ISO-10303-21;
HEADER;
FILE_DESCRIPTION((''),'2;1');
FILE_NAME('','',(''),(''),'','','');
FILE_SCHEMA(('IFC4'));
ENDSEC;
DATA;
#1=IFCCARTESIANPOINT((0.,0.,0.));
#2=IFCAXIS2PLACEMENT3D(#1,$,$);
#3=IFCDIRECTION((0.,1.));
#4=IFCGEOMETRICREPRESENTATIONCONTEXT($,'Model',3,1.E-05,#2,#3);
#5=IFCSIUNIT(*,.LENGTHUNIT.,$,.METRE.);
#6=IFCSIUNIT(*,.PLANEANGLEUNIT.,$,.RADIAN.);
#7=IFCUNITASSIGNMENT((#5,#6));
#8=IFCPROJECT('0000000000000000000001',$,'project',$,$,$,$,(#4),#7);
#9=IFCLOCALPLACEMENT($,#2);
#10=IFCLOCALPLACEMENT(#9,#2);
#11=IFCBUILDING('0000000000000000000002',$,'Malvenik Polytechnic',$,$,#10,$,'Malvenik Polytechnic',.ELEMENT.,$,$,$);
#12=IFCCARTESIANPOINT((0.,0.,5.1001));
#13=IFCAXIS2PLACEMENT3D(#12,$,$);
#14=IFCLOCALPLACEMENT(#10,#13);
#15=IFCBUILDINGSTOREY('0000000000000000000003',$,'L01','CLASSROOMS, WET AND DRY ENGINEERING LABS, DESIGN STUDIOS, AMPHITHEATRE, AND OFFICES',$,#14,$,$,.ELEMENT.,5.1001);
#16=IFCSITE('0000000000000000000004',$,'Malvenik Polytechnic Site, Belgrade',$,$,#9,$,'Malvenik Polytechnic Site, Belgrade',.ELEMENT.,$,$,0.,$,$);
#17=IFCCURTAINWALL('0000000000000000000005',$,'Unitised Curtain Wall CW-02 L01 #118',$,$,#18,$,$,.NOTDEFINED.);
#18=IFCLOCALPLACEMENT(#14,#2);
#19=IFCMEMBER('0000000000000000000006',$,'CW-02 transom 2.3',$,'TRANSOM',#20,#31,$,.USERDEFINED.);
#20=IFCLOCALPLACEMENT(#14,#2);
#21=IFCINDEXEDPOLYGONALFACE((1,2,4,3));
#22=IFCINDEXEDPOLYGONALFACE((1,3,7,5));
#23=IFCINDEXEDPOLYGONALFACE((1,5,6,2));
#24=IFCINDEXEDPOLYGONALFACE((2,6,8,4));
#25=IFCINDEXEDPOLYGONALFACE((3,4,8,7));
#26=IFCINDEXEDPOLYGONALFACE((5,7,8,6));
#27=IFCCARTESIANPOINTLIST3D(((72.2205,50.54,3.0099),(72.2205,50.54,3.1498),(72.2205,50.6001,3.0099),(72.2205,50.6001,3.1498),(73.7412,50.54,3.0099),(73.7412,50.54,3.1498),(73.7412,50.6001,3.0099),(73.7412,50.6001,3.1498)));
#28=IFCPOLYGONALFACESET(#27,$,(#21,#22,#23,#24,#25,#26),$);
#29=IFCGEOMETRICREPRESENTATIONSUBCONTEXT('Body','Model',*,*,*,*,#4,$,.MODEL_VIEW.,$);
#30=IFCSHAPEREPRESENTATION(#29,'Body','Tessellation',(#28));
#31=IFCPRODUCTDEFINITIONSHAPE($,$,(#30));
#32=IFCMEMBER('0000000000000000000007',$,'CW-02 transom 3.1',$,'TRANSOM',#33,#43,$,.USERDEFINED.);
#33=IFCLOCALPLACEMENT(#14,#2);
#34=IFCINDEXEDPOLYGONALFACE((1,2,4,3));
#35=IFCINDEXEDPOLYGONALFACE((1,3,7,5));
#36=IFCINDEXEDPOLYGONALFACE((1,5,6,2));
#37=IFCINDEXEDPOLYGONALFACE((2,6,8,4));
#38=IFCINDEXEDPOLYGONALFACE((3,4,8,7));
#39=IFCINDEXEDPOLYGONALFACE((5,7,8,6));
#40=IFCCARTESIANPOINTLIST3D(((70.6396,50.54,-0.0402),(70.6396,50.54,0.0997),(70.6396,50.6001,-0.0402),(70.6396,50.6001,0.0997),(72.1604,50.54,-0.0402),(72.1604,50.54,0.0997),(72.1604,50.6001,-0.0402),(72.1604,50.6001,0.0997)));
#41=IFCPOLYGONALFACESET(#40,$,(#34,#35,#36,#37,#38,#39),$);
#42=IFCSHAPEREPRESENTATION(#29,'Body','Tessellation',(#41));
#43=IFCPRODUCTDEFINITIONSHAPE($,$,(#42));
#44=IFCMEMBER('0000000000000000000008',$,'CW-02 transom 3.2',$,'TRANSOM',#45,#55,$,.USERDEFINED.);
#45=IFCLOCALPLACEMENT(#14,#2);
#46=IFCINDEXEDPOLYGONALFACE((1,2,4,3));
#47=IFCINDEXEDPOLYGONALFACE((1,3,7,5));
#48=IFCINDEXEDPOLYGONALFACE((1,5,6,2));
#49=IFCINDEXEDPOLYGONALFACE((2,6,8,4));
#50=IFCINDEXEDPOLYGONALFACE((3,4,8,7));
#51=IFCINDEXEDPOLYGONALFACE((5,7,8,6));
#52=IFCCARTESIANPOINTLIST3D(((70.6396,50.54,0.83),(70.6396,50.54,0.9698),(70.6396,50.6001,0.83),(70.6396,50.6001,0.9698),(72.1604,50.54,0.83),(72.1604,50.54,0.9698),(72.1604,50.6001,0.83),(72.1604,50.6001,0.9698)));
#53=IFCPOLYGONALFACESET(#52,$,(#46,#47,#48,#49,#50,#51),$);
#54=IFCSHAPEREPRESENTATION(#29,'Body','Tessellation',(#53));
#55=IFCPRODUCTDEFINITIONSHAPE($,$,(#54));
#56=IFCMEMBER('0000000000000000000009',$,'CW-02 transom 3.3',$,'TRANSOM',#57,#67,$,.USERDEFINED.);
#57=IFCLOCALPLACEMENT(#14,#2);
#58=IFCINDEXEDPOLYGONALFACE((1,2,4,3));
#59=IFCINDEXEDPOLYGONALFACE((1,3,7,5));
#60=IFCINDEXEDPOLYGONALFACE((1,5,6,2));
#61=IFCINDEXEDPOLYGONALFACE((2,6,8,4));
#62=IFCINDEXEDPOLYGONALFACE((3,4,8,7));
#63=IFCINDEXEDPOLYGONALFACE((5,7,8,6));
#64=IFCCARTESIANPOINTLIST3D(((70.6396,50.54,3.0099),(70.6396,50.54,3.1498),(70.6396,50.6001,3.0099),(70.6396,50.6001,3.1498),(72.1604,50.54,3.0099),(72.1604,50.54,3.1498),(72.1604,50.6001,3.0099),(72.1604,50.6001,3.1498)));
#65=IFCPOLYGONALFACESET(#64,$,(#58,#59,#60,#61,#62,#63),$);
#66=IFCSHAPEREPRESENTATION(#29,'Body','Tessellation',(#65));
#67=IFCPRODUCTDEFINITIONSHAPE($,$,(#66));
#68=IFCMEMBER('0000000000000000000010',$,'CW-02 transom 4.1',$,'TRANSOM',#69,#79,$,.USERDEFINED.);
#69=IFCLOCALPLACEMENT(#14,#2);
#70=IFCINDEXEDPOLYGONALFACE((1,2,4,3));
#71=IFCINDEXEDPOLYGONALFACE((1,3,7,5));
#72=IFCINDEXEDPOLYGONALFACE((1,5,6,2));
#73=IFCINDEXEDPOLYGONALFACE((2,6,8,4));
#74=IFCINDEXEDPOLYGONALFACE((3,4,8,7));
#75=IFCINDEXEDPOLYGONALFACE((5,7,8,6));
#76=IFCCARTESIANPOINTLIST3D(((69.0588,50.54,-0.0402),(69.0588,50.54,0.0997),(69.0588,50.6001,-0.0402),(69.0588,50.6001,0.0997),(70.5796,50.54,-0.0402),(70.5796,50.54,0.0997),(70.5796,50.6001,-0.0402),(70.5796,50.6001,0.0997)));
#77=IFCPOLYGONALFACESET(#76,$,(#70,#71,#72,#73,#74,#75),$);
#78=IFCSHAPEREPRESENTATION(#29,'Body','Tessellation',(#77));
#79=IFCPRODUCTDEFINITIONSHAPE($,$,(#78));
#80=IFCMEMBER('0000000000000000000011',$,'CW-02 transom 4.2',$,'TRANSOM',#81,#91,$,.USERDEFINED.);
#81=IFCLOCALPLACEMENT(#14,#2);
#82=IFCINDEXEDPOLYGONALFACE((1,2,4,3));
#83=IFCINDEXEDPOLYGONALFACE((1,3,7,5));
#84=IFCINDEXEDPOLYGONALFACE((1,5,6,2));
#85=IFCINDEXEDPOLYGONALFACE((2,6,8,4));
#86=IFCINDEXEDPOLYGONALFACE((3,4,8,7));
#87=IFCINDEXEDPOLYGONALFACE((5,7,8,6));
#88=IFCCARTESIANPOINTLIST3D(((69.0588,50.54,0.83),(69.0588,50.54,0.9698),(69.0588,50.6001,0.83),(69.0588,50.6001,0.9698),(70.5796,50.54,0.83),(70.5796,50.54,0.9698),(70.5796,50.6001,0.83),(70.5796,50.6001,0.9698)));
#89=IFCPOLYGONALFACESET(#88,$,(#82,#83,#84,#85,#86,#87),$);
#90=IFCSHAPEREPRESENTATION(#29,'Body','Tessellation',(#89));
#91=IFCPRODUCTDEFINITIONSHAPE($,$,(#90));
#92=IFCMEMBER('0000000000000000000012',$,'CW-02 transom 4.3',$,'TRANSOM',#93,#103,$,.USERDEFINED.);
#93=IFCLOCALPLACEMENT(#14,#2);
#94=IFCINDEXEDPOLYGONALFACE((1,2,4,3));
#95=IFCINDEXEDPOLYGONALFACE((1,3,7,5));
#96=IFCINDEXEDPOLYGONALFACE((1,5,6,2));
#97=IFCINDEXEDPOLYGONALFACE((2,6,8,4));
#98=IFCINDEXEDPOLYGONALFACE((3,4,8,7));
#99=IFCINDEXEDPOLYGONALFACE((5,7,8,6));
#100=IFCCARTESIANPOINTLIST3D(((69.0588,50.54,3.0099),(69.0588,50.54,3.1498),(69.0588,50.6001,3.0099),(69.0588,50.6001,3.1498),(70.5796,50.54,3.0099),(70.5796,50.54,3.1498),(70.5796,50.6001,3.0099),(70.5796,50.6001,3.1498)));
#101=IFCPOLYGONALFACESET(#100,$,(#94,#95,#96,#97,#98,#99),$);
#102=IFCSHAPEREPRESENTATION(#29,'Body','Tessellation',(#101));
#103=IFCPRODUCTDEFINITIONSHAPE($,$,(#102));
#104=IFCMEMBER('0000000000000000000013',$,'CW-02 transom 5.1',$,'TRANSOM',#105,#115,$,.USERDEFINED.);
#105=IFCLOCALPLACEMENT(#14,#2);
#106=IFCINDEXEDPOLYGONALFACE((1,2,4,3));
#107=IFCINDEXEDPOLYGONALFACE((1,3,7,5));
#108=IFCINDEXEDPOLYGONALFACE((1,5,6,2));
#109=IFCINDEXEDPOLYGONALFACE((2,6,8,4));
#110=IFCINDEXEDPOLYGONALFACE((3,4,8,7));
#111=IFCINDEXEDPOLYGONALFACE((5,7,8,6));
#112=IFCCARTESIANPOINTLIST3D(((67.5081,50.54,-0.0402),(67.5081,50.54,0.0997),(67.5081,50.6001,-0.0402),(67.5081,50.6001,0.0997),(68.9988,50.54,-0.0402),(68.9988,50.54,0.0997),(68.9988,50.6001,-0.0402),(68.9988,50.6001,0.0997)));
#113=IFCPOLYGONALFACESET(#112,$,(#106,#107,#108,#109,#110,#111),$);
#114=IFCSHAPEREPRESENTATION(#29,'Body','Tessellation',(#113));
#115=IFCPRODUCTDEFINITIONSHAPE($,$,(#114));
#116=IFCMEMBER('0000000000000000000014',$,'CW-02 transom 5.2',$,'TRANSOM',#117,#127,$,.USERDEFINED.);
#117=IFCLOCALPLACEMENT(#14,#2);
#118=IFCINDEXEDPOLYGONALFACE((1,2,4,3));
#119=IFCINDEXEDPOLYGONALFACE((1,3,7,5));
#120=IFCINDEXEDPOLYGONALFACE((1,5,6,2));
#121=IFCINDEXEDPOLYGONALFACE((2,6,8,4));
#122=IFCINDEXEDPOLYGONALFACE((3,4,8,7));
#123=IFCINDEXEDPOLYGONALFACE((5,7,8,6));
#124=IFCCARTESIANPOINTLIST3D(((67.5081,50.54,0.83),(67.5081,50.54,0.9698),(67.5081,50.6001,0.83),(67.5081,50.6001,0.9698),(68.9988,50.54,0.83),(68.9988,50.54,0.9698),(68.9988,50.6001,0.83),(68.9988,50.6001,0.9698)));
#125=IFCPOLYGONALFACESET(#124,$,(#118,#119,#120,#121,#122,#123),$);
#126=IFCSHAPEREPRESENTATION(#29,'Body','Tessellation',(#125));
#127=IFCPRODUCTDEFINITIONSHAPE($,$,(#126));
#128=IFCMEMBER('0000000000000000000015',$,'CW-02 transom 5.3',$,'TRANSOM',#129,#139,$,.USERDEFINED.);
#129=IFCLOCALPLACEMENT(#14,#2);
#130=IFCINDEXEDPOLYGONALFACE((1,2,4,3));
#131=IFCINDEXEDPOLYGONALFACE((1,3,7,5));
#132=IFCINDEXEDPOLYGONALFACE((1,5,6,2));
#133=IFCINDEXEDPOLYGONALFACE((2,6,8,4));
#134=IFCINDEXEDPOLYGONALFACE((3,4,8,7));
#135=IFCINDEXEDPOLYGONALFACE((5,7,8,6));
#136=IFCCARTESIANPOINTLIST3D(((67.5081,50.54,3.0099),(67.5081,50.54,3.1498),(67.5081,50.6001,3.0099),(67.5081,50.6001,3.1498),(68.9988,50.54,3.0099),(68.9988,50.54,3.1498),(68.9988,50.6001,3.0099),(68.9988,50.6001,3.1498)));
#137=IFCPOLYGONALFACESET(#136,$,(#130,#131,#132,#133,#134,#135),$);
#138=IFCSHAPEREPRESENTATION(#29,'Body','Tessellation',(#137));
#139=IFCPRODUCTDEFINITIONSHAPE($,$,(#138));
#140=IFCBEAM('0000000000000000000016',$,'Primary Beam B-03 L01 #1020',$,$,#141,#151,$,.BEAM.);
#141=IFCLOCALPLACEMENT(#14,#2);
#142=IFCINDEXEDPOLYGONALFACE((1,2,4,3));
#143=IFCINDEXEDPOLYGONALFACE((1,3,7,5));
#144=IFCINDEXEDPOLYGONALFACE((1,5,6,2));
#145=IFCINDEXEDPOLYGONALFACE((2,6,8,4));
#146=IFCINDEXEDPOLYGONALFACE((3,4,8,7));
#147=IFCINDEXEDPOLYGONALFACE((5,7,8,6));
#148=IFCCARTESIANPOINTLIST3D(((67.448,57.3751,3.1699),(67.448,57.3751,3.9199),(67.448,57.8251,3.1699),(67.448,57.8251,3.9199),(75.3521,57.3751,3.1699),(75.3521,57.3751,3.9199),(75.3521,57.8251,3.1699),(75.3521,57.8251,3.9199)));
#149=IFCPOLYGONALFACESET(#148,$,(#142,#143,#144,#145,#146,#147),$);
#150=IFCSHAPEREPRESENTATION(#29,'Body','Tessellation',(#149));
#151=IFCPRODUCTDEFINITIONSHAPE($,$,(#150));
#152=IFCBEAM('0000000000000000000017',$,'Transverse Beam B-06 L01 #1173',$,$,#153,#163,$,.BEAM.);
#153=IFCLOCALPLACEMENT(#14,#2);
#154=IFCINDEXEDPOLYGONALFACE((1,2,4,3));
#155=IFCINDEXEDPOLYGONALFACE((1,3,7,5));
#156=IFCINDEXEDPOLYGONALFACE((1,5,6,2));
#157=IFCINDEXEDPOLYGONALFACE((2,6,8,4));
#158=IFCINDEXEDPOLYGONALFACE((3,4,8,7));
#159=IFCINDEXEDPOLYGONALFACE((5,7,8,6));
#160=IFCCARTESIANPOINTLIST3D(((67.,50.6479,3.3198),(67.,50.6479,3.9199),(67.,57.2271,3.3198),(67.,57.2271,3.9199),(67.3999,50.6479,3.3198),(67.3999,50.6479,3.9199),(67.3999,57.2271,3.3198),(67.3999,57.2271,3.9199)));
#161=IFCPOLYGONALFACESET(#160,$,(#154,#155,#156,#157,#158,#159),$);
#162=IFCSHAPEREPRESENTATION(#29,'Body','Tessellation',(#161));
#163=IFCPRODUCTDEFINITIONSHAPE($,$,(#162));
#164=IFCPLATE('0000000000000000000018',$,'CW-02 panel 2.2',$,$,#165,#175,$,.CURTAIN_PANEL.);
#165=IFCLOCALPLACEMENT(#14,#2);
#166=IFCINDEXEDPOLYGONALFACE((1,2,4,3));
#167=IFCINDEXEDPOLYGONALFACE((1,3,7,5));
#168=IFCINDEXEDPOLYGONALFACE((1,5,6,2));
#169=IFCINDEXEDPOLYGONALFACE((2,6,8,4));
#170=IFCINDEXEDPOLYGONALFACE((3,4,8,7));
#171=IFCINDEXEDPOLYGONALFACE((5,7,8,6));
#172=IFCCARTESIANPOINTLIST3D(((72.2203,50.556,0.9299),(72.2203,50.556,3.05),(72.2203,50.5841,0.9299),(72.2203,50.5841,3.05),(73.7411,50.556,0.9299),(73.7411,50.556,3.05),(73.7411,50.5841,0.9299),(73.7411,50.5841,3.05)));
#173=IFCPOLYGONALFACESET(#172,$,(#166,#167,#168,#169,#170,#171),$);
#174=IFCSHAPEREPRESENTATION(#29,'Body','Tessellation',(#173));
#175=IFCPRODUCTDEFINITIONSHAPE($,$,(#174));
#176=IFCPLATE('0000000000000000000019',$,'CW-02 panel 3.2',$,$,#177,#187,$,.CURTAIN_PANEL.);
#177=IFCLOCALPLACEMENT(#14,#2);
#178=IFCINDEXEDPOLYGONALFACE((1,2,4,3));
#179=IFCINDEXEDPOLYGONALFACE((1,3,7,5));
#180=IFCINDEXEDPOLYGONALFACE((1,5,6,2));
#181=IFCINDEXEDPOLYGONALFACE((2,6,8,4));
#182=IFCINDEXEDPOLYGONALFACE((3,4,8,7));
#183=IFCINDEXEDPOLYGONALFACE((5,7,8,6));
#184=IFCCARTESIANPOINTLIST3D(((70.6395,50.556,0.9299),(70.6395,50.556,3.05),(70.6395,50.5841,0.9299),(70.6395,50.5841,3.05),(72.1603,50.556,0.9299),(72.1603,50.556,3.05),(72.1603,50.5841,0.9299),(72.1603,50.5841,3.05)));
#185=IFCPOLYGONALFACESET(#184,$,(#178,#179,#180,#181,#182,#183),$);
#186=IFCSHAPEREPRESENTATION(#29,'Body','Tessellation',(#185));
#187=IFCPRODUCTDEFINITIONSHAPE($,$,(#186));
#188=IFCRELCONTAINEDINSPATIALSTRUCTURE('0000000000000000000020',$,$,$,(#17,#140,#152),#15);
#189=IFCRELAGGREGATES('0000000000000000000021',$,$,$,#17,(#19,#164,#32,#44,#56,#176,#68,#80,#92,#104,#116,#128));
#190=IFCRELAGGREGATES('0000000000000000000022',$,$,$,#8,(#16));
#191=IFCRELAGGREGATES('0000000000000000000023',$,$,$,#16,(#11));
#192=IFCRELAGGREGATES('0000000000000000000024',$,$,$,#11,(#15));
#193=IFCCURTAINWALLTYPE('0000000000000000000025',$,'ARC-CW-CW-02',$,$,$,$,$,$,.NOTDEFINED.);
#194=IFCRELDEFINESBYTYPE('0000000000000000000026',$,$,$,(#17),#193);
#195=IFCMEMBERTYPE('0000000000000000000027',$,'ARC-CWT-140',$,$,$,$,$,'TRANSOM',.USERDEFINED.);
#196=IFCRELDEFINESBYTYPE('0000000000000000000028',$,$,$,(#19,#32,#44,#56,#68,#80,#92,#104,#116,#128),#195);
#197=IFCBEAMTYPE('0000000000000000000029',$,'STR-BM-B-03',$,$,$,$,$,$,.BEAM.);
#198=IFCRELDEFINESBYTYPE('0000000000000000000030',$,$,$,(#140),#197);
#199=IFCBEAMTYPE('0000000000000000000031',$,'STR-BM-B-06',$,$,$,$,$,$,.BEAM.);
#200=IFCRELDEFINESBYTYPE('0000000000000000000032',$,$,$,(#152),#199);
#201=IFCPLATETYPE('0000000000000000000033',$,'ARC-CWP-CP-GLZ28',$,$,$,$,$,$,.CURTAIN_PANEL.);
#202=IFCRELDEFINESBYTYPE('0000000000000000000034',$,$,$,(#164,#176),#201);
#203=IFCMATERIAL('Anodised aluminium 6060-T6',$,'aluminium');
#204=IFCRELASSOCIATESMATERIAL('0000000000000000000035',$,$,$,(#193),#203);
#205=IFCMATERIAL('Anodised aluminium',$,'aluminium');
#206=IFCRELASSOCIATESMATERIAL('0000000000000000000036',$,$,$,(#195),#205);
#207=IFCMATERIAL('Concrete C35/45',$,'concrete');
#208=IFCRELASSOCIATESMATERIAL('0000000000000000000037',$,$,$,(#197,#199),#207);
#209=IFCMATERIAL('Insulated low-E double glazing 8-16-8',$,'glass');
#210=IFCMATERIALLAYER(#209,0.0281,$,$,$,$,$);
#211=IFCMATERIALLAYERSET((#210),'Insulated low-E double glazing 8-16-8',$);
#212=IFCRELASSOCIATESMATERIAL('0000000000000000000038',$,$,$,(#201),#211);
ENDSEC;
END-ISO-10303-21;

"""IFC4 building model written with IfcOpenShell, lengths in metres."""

from ifc_helpers import new_model, si_unit, direction, frame, origin, origin_2d, place, context, subcontext, project, spatial, rectangle, extrude, material, layer, layer_set, material_profile, profile_set, type_object, element, aggregate, save


model = new_model("IFC4")

# Units and contexts
model_context = context("Model", 3, precision=1e-05, world=origin(), true_north=direction((0.0, 1.0)))
body_context = subcontext(model_context, "Body", "Model", "MODEL_VIEW")
ifc_project = project(units=[si_unit("LENGTHUNIT", "METRE"), si_unit("PLANEANGLEUNIT", "RADIAN")], contexts=[model_context])

# Site, building, storey
site_placement = place(None, origin())
site = spatial("IfcSite", under=ifc_project, at=site_placement, Name="Malvenik Polytechnic Site, Belgrade", LongName="Malvenik Polytechnic Site, Belgrade", CompositionType="ELEMENT", RefElevation=0.0)
building_placement = place(site_placement, origin())
building = spatial("IfcBuilding", under=site, at=building_placement, Name="Malvenik Polytechnic", LongName="Malvenik Polytechnic", CompositionType="ELEMENT")
storey_placement = place(building_placement, frame((0.0, 0.0, 5.1001)))
storey = spatial("IfcBuildingStorey", under=building, at=storey_placement, Name="L01", Description="CLASSROOMS, WET AND DRY ENGINEERING LABS, DESIGN STUDIOS, AMPHITHEATRE, AND OFFICES", CompositionType="ELEMENT", Elevation=5.1001)

# Shared definitions
ifc_material_1 = material(Name="Concrete C35/45", Category="concrete")

# Curtain wall
ifc_material_2 = material(Name="Anodised aluminium 6060-T6", Category="aluminium")
curtain_wall_type = type_object("IfcCurtainWallType", Name="ARC-CW-CW-02", PredefinedType="NOTDEFINED", material=ifc_material_2)
ifc_material_3 = material(Name="Anodised aluminium", Category="aluminium")
curtain_wall_1_placement = place(storey_placement, origin())
curtain_wall_1 = element("IfcCurtainWall", 1, at=curtain_wall_1_placement, inside=storey, type_object=curtain_wall_type, Name="Unitised Curtain Wall CW-02 L01 #118", PredefinedType="NOTDEFINED")

# Members
ifc_material_profile_1 = material_profile(ifc_material_3, rectangle(XDim=0.0601, YDim=0.1399, at=origin_2d()), Name="ALU TRANSOM 60x140")
ifc_profile_set_1 = profile_set([ifc_material_profile_1], Name="Anodised aluminium")
member_type_1 = type_object("IfcMemberType", Name="ARC-CWT-140", ElementType="TRANSOM", PredefinedType="USERDEFINED", material=ifc_profile_set_1)
member_1_placement = place(storey_placement, frame((73.7412, 50.5701, 3.0798), z_axis=(-1.0, 0.0, 0.0), x_axis=(0.0, -1.0, 0.0)))
member_1 = element("IfcMember", 2, at=member_1_placement, type_object=member_type_1, Name="CW-02 transom 2.3", ObjectType="TRANSOM", PredefinedType="USERDEFINED", context=body_context, shape_type="SweptSolid", body=[
    extrude(rectangle(XDim=0.0601, YDim=0.1399, at=origin_2d()), origin(), (0.0, 0.0, 1.0), 1.5208),
])
member_2_placement = place(storey_placement, frame((72.1604, 50.5701, 0.0298), z_axis=(-1.0, 0.0, 0.0), x_axis=(0.0, -1.0, 0.0)))
member_2 = element("IfcMember", 3, at=member_2_placement, type_object=member_type_1, Name="CW-02 transom 3.1", ObjectType="TRANSOM", PredefinedType="USERDEFINED", context=body_context, shape_type="SweptSolid", body=[
    extrude(rectangle(XDim=0.0601, YDim=0.1399, at=origin_2d()), origin(), (0.0, 0.0, 1.0), 1.5208),
])
member_3_placement = place(storey_placement, frame((72.1604, 50.5701, 0.8999), z_axis=(-1.0, 0.0, 0.0), x_axis=(0.0, -1.0, 0.0)))
member_3 = element("IfcMember", 4, at=member_3_placement, type_object=member_type_1, Name="CW-02 transom 3.2", ObjectType="TRANSOM", PredefinedType="USERDEFINED", context=body_context, shape_type="SweptSolid", body=[
    extrude(rectangle(XDim=0.0601, YDim=0.1399, at=origin_2d()), origin(), (0.0, 0.0, 1.0), 1.5208),
])
member_4_placement = place(storey_placement, frame((72.1604, 50.5701, 3.0798), z_axis=(-1.0, 0.0, 0.0), x_axis=(0.0, -1.0, 0.0)))
member_4 = element("IfcMember", 5, at=member_4_placement, type_object=member_type_1, Name="CW-02 transom 3.3", ObjectType="TRANSOM", PredefinedType="USERDEFINED", context=body_context, shape_type="SweptSolid", body=[
    extrude(rectangle(XDim=0.0601, YDim=0.1399, at=origin_2d()), origin(), (0.0, 0.0, 1.0), 1.5208),
])
member_5_placement = place(storey_placement, frame((70.5796, 50.5701, 0.0298), z_axis=(-1.0, 0.0, 0.0), x_axis=(0.0, -1.0, 0.0)))
member_5 = element("IfcMember", 6, at=member_5_placement, type_object=member_type_1, Name="CW-02 transom 4.1", ObjectType="TRANSOM", PredefinedType="USERDEFINED", context=body_context, shape_type="SweptSolid", body=[
    extrude(rectangle(XDim=0.0601, YDim=0.1399, at=origin_2d()), origin(), (0.0, 0.0, 1.0), 1.5208),
])
member_6_placement = place(storey_placement, frame((70.5796, 50.5701, 0.8999), z_axis=(-1.0, 0.0, 0.0), x_axis=(0.0, -1.0, 0.0)))
member_6 = element("IfcMember", 7, at=member_6_placement, type_object=member_type_1, Name="CW-02 transom 4.2", ObjectType="TRANSOM", PredefinedType="USERDEFINED", context=body_context, shape_type="SweptSolid", body=[
    extrude(rectangle(XDim=0.0601, YDim=0.1399, at=origin_2d()), origin(), (0.0, 0.0, 1.0), 1.5208),
])
member_7_placement = place(storey_placement, frame((70.5796, 50.5701, 3.0798), z_axis=(-1.0, 0.0, 0.0), x_axis=(0.0, -1.0, 0.0)))
member_7 = element("IfcMember", 8, at=member_7_placement, type_object=member_type_1, Name="CW-02 transom 4.3", ObjectType="TRANSOM", PredefinedType="USERDEFINED", context=body_context, shape_type="SweptSolid", body=[
    extrude(rectangle(XDim=0.0601, YDim=0.1399, at=origin_2d()), origin(), (0.0, 0.0, 1.0), 1.5208),
])
member_8_placement = place(storey_placement, frame((68.9988, 50.5701, 0.0298), z_axis=(-1.0, 0.0, 0.0), x_axis=(0.0, -1.0, 0.0)))
member_8 = element("IfcMember", 9, at=member_8_placement, type_object=member_type_1, Name="CW-02 transom 5.1", ObjectType="TRANSOM", PredefinedType="USERDEFINED", context=body_context, shape_type="SweptSolid", body=[
    extrude(rectangle(XDim=0.0601, YDim=0.1399, at=origin_2d()), origin(), (0.0, 0.0, 1.0), 1.4907),
])
member_9_placement = place(storey_placement, frame((68.9988, 50.5701, 0.8999), z_axis=(-1.0, 0.0, 0.0), x_axis=(0.0, -1.0, 0.0)))
member_9 = element("IfcMember", 10, at=member_9_placement, type_object=member_type_1, Name="CW-02 transom 5.2", ObjectType="TRANSOM", PredefinedType="USERDEFINED", context=body_context, shape_type="SweptSolid", body=[
    extrude(rectangle(XDim=0.0601, YDim=0.1399, at=origin_2d()), origin(), (0.0, 0.0, 1.0), 1.4907),
])
member_10_placement = place(storey_placement, frame((68.9988, 50.5701, 3.0798), z_axis=(-1.0, 0.0, 0.0), x_axis=(0.0, -1.0, 0.0)))
member_10 = element("IfcMember", 11, at=member_10_placement, type_object=member_type_1, Name="CW-02 transom 5.3", ObjectType="TRANSOM", PredefinedType="USERDEFINED", context=body_context, shape_type="SweptSolid", body=[
    extrude(rectangle(XDim=0.0601, YDim=0.1399, at=origin_2d()), origin(), (0.0, 0.0, 1.0), 1.4907),
])

# Beams
ifc_material_profile_2 = material_profile(ifc_material_1, rectangle(XDim=0.45, YDim=0.75, at=origin_2d()), Name="RC BM 450x750")
ifc_profile_set_2 = profile_set([ifc_material_profile_2], Name="Concrete C35/45")
beam_type_1 = type_object("IfcBeamType", Name="STR-BM-B-03", PredefinedType="BEAM", material=ifc_profile_set_2)
beam_1_placement = place(storey_placement, frame((67.448, 57.6001, 3.5449), z_axis=(1.0, 0.0, 0.0), x_axis=(0.0, 1.0, 0.0)))
element("IfcBeam", 12, at=beam_1_placement, inside=storey, type_object=beam_type_1, Name="Primary Beam B-03 L01 #1020", PredefinedType="BEAM", context=body_context, shape_type="SweptSolid", body=[
    extrude(rectangle(XDim=0.45, YDim=0.75, at=origin_2d()), origin(), (0.0, 0.0, 1.0), 7.9041),
])
ifc_material_profile_3 = material_profile(ifc_material_1, rectangle(XDim=0.3999, YDim=0.6001, at=origin_2d()), Name="RC BM 400x600")
ifc_profile_set_3 = profile_set([ifc_material_profile_3], Name="Concrete C35/45")
beam_type_2 = type_object("IfcBeamType", Name="STR-BM-B-06", PredefinedType="BEAM", material=ifc_profile_set_3)
beam_2_placement = place(storey_placement, frame((67.2, 50.6479, 3.6199), z_axis=(0.0, 1.0, 0.0), x_axis=(-1.0, 0.0, 0.0)))
element("IfcBeam", 13, at=beam_2_placement, inside=storey, type_object=beam_type_2, Name="Transverse Beam B-06 L01 #1173", PredefinedType="BEAM", context=body_context, shape_type="SweptSolid", body=[
    extrude(rectangle(XDim=0.3999, YDim=0.6001, at=origin_2d()), origin(), (0.0, 0.0, 1.0), 6.5791),
])

# Plates
ifc_material_4 = material(Name="Insulated low-E double glazing 8-16-8", Category="glass")
ifc_layer_1 = layer(ifc_material_4, 0.0281)
ifc_layer_set_1 = layer_set([ifc_layer_1], Name="Insulated low-E double glazing 8-16-8")
plate_type_1 = type_object("IfcPlateType", Name="ARC-CWP-CP-GLZ28", PredefinedType="CURTAIN_PANEL", material=ifc_layer_set_1)
plate_1_placement = place(storey_placement, frame((72.9807, 50.5701, 0.9299), z_axis=(0.0, 0.0, 1.0), x_axis=(-1.0, 0.0, 0.0)))
plate_1 = element("IfcPlate", 14, at=plate_1_placement, type_object=plate_type_1, Name="CW-02 panel 2.2", PredefinedType="CURTAIN_PANEL", context=body_context, shape_type="SweptSolid", body=[
    extrude(rectangle(XDim=1.5208, YDim=0.0281, at=origin_2d()), origin(), (0.0, 0.0, 1.0), 2.1201),
])
plate_2_placement = place(storey_placement, frame((71.3999, 50.5701, 0.9299), z_axis=(0.0, 0.0, 1.0), x_axis=(-1.0, 0.0, 0.0)))
plate_2 = element("IfcPlate", 15, at=plate_2_placement, type_object=plate_type_1, Name="CW-02 panel 3.2", PredefinedType="CURTAIN_PANEL", context=body_context, shape_type="SweptSolid", body=[
    extrude(rectangle(XDim=1.5208, YDim=0.0281, at=origin_2d()), origin(), (0.0, 0.0, 1.0), 2.1201),
])
aggregate(curtain_wall_1, [member_1, plate_1, member_2, member_3, member_4, plate_2, member_5, member_6, member_7, member_8, member_9, member_10])

save(model, "model.ifc")
